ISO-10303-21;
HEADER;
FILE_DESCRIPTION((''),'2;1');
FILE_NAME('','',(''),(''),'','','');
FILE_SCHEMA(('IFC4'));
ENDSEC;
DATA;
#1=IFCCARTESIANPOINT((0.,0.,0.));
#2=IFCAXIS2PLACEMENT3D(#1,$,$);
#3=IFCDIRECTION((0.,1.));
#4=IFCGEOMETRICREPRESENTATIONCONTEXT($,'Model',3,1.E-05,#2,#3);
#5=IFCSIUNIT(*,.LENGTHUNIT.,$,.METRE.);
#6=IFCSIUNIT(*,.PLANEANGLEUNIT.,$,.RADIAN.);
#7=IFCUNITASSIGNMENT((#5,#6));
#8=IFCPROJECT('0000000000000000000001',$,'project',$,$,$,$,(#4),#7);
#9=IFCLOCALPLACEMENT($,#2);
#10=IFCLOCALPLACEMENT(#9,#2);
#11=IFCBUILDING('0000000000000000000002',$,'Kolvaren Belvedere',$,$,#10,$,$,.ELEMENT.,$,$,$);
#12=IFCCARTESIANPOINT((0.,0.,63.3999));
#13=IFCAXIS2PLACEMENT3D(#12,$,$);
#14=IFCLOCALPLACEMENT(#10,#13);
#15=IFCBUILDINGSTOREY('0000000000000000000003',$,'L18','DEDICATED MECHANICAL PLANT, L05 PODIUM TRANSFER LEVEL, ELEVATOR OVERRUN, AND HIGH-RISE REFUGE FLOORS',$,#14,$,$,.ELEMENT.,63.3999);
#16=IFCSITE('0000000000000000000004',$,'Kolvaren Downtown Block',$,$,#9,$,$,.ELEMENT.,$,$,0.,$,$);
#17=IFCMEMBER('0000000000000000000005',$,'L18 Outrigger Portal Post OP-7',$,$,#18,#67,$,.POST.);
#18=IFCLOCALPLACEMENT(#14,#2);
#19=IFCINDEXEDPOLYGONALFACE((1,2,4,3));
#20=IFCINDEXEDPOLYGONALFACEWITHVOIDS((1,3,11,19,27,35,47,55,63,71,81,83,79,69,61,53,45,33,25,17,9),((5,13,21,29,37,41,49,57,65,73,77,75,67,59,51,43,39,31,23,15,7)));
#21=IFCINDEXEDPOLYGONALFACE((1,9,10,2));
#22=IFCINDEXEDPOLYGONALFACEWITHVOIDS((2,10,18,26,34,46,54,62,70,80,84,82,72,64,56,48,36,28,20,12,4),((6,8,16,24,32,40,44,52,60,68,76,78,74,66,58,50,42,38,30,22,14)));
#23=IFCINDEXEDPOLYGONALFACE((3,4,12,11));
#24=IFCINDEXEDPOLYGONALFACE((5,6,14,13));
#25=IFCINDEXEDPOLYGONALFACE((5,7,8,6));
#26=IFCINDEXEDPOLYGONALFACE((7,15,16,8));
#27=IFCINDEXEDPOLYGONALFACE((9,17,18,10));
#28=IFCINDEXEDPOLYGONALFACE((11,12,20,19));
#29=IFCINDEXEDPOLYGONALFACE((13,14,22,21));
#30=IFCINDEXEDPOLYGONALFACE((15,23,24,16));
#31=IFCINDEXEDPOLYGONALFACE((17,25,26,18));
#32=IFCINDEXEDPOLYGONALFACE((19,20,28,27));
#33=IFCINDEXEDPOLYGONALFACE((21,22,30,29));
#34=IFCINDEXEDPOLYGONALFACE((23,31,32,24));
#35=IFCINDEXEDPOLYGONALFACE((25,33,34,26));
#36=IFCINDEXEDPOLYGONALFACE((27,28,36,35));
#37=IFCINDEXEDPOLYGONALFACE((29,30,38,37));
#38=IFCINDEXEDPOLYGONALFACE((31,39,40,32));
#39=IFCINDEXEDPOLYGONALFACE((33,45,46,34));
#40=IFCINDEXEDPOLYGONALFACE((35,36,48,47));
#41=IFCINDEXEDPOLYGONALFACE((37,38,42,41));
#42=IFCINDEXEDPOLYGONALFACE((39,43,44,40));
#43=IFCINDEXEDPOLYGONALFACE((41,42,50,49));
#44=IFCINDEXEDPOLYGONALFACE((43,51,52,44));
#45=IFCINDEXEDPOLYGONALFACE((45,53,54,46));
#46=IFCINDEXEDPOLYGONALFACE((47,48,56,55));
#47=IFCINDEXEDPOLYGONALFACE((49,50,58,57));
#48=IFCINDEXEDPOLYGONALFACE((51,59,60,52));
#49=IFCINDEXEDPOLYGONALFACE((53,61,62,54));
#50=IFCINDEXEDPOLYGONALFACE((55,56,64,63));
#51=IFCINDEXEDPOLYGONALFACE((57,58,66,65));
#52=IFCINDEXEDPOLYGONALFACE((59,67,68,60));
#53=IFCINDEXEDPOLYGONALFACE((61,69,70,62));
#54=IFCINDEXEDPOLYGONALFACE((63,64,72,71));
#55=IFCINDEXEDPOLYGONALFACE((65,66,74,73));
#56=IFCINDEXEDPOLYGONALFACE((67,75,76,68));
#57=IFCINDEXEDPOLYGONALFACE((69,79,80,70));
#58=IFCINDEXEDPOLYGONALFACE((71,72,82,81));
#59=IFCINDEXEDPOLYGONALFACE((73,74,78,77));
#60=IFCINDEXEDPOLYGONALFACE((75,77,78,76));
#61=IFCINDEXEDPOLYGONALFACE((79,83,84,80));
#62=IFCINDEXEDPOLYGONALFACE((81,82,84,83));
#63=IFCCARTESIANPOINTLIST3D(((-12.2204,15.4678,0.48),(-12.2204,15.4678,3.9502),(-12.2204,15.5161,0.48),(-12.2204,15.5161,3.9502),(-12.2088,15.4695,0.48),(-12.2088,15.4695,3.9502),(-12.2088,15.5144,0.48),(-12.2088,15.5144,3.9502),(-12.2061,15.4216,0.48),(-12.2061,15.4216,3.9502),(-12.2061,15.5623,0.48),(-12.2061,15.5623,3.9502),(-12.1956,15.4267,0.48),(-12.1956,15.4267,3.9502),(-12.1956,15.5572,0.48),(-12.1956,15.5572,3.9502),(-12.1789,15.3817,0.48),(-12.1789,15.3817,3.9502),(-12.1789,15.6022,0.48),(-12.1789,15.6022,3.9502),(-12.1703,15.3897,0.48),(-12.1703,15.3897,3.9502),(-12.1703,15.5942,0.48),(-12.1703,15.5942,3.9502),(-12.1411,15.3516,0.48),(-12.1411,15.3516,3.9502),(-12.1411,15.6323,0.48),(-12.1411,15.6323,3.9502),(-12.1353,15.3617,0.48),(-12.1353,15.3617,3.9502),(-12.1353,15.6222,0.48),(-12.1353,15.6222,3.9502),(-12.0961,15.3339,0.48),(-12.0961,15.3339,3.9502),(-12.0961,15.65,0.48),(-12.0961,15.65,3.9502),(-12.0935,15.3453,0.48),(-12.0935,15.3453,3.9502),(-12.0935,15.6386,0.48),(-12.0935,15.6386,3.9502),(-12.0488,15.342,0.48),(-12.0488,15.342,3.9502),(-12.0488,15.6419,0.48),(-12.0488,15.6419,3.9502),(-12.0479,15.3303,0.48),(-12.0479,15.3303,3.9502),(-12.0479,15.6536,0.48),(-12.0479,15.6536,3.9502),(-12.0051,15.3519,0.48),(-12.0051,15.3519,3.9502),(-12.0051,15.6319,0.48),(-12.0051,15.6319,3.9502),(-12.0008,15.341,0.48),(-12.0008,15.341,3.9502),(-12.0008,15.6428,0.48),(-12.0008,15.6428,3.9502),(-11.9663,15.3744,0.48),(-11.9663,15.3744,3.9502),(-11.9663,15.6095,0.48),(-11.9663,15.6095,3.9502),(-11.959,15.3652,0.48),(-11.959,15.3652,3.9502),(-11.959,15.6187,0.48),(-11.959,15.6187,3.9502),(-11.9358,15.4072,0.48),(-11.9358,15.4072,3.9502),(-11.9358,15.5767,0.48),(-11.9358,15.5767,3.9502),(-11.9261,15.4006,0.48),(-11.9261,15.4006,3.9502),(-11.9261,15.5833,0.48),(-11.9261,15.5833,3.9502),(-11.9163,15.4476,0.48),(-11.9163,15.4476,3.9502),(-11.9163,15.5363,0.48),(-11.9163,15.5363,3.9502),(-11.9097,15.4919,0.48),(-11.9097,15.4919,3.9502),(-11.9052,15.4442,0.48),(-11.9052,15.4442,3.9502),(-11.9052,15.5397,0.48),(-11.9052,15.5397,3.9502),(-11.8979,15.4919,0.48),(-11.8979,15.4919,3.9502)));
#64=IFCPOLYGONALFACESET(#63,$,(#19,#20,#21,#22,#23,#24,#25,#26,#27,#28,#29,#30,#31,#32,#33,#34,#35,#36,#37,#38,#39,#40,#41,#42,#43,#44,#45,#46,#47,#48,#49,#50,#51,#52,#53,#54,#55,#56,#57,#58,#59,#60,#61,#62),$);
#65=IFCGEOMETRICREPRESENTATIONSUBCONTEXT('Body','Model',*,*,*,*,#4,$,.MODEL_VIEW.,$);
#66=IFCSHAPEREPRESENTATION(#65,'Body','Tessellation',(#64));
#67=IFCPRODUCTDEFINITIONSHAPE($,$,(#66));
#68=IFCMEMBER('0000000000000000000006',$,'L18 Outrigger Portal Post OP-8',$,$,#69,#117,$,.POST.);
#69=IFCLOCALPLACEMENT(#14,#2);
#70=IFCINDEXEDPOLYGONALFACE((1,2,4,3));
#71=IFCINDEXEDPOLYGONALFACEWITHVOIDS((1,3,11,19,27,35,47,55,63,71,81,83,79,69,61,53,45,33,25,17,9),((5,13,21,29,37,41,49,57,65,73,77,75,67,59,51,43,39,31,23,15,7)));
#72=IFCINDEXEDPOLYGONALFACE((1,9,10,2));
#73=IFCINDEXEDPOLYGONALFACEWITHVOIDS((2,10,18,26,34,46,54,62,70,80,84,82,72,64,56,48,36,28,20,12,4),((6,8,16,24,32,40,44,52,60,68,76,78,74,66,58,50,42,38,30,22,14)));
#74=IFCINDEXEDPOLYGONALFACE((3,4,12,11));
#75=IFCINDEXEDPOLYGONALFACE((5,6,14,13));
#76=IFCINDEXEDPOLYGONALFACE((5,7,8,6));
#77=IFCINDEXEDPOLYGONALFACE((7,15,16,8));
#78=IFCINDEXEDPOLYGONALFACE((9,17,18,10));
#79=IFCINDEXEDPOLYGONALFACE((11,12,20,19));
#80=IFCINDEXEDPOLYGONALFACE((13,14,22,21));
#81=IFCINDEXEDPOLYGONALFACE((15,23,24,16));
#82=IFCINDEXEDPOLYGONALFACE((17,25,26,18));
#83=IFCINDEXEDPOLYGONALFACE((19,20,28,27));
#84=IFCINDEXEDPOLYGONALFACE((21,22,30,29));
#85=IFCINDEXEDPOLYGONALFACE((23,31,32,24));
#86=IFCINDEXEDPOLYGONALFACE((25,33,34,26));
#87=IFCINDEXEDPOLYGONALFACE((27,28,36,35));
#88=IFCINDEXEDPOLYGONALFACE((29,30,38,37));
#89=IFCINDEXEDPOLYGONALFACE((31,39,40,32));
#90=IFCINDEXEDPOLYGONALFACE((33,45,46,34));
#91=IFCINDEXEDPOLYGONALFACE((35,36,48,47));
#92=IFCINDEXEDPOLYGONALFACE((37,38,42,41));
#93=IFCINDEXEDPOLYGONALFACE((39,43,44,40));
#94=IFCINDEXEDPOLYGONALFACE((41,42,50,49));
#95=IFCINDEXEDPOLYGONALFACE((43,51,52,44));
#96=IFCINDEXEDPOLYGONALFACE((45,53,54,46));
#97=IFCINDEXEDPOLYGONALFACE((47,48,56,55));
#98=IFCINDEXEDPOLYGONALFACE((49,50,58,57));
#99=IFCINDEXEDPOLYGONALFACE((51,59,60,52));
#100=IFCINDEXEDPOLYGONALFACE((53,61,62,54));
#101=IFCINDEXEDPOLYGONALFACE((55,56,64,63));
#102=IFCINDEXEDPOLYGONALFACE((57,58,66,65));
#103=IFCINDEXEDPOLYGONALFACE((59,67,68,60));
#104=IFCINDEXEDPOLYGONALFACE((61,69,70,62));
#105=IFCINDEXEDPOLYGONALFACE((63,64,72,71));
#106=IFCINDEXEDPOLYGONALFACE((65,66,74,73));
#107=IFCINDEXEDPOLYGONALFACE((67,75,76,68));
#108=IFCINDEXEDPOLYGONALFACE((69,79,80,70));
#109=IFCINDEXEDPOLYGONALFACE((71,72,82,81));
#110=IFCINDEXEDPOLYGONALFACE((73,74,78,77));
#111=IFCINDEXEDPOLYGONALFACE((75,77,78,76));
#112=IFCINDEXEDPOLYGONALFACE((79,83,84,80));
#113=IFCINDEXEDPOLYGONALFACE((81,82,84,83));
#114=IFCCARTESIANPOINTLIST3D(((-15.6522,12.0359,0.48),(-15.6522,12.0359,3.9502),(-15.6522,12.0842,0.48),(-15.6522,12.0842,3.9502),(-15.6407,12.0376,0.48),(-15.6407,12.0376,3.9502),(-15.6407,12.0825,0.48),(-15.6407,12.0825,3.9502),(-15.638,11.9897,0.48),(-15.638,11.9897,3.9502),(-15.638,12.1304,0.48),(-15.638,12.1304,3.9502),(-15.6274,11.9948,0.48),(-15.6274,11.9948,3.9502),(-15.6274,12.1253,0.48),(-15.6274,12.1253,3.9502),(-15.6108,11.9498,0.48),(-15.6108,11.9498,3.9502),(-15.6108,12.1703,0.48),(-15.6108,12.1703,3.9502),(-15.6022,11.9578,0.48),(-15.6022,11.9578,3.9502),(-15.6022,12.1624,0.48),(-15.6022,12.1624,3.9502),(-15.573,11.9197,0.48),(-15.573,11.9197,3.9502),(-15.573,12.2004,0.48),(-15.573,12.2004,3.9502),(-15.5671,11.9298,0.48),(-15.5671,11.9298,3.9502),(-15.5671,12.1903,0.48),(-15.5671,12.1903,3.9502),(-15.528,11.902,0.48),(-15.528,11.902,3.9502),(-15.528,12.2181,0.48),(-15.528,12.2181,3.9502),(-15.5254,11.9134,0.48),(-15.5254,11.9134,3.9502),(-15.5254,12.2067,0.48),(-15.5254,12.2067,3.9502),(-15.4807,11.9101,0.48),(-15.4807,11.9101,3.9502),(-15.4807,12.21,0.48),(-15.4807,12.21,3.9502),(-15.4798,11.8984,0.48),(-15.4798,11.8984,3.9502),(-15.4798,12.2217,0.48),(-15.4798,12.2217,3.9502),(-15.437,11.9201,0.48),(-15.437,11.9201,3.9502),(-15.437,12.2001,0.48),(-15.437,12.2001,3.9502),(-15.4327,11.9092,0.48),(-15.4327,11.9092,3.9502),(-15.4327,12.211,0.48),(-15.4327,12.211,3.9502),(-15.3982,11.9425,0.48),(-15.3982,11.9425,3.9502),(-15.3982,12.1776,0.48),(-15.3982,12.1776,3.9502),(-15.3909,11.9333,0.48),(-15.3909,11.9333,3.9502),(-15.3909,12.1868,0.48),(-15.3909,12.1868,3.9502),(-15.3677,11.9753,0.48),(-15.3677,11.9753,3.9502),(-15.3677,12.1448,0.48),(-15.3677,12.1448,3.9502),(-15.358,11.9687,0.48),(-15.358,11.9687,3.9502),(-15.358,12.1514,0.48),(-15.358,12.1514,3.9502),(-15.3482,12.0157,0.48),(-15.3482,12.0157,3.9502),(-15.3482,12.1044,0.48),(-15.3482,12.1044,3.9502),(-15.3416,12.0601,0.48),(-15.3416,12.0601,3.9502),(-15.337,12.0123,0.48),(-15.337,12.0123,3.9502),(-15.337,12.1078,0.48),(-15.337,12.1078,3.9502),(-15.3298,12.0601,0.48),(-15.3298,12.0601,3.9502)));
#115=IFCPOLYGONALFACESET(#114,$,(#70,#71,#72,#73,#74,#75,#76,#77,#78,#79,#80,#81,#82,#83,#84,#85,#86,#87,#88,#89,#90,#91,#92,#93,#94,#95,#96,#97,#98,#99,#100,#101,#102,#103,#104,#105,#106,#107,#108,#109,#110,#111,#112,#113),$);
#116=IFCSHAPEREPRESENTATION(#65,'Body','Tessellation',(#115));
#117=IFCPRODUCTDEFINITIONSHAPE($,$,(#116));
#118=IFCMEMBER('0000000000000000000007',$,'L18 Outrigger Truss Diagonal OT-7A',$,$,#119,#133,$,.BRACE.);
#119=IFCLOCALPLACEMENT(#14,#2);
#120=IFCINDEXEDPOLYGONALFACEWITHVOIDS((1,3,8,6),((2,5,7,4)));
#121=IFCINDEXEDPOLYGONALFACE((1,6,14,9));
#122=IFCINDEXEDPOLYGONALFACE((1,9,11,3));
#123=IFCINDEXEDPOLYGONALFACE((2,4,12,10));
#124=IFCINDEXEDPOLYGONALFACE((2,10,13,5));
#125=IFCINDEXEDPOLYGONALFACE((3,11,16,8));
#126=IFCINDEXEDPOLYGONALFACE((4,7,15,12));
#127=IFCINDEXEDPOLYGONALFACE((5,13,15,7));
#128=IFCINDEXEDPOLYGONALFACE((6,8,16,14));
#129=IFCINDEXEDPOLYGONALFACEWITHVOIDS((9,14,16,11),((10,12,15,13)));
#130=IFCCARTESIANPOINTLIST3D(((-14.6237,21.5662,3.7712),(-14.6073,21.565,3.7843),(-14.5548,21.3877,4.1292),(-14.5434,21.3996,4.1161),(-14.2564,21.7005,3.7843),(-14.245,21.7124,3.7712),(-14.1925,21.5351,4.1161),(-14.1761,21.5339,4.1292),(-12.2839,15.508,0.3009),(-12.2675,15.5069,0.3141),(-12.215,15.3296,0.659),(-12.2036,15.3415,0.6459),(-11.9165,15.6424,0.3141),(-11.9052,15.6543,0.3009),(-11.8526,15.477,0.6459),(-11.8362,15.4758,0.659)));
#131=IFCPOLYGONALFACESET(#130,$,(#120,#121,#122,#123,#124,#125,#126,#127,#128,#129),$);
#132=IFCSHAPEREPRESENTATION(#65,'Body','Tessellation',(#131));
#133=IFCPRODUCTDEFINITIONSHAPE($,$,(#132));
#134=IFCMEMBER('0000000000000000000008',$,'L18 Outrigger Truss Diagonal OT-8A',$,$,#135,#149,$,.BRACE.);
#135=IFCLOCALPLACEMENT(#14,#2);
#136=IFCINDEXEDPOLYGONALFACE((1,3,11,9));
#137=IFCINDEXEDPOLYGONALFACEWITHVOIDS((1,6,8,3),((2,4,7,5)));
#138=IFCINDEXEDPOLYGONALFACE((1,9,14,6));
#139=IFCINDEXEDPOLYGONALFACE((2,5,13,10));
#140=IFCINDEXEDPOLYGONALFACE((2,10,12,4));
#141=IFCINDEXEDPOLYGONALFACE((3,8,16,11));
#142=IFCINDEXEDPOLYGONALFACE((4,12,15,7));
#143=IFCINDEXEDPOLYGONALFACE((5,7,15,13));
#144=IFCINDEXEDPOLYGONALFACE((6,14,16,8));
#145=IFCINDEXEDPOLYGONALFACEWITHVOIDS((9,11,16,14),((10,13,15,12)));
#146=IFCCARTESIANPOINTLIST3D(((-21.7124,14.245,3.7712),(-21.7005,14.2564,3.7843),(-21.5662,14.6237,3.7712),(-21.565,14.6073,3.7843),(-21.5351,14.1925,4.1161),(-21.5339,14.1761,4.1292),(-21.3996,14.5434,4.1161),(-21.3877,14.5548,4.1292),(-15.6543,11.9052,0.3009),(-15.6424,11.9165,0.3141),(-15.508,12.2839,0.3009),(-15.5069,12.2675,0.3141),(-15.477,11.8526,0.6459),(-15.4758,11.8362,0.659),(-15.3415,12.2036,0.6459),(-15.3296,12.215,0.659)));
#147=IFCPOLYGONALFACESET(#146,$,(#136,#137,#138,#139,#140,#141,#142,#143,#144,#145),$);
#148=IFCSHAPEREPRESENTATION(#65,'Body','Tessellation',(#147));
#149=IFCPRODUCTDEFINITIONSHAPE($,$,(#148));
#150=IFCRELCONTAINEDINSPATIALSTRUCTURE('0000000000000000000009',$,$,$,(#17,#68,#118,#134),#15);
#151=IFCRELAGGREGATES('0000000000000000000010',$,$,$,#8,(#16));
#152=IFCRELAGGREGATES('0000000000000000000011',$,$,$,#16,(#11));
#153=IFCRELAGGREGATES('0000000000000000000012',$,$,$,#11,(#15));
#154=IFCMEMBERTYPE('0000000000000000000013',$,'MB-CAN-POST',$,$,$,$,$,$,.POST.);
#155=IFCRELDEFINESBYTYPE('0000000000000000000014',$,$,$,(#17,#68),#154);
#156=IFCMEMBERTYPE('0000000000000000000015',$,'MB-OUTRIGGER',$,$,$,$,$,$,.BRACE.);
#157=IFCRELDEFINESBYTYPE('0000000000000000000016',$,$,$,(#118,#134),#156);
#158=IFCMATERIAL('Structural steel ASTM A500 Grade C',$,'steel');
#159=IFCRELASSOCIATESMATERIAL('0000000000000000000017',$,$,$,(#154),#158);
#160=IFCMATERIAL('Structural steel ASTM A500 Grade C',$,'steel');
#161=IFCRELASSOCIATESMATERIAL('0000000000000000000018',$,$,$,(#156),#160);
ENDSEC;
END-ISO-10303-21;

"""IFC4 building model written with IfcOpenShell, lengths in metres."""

from ifc_helpers import new_model, si_unit, direction, frame, origin, origin_2d, place, context, subcontext, project, spatial, hollow_rectangle, hollow_circle, extrude, material, material_profile, profile_set, type_object, element, save


model = new_model("IFC4")

# Units and contexts
model_context = context("Model", 3, precision=1e-05, world=origin(), true_north=direction((0.0, 1.0)))
body_context = subcontext(model_context, "Body", "Model", "MODEL_VIEW")
ifc_project = project(units=[si_unit("LENGTHUNIT", "METRE"), si_unit("PLANEANGLEUNIT", "RADIAN")], contexts=[model_context])

# Site, building, storey
site_placement = place(None, origin())
site = spatial("IfcSite", under=ifc_project, at=site_placement, Name="Kolvaren Downtown Block", CompositionType="ELEMENT", RefElevation=0.0)
building_placement = place(site_placement, origin())
building = spatial("IfcBuilding", under=site, at=building_placement, Name="Kolvaren Belvedere", CompositionType="ELEMENT")
storey_placement = place(building_placement, frame((0.0, 0.0, 63.3999)))
storey = spatial("IfcBuildingStorey", under=building, at=storey_placement, Name="L18", Description="DEDICATED MECHANICAL PLANT, L05 PODIUM TRANSFER LEVEL, ELEVATOR OVERRUN, AND HIGH-RISE REFUGE FLOORS", CompositionType="ELEMENT", Elevation=63.3999)

# Members
ifc_material_1 = material(Name="Structural steel ASTM A500 Grade C", Category="steel")
ifc_material_profile_1 = material_profile(ifc_material_1, hollow_circle(Radius=0.1621, WallThickness=0.0117, at=origin_2d()), Name="HSS12.750X0.500")
ifc_profile_set_1 = profile_set([ifc_material_profile_1], Name="Structural steel ASTM A500 Grade C")
member_type_1 = type_object("IfcMemberType", Name="MB-CAN-POST", PredefinedType="POST", material=ifc_profile_set_1)
for number, where, z_axis, x_axis, name in (
    (1, (-12.0601, 15.4919, 0.48), (0.0, 0.0, 1.0), (1.0, 0.0, 0.0), "L18 Outrigger Portal Post OP-7"),
    (2, (-15.4919, 12.0601, 0.48), (0.0, 0.0, 1.0), (1.0, 0.0, 0.0), "L18 Outrigger Portal Post OP-8"),
):
    element("IfcMember", number, at=place(storey_placement, frame(where, z_axis=z_axis, x_axis=x_axis)), inside=storey, type_object=member_type_1, Name=name, PredefinedType="POST", context=body_context, shape_type="SweptSolid", body=[
        extrude(hollow_circle(Radius=0.1621, WallThickness=0.0117, at=origin_2d()), origin(), (0.0, 0.0, 1.0), 3.4702),
    ])
ifc_material_2 = material(Name="Structural steel ASTM A500 Grade C", Category="steel")
ifc_material_profile_2 = material_profile(ifc_material_2, hollow_rectangle(XDim=0.406, YDim=0.406, WallThickness=0.0149, at=origin_2d()), Name="HSS16X16X5/8")
ifc_profile_set_2 = profile_set([ifc_material_profile_2], Name="Structural steel ASTM A500 Grade C")
member_type_2 = type_object("IfcMemberType", Name="MB-OUTRIGGER", PredefinedType="BRACE", material=ifc_profile_set_2)
for number, where, z_axis, x_axis, name in (
    (3, (-12.0601, 15.4919, 0.48), (-0.317772, 0.822745, 0.471287), (-0.932839, -0.360294, 0.0), "L18 Outrigger Truss Diagonal OT-7A"),
    (4, (-15.4919, 12.0601, 0.48), (-0.822745, 0.317772, 0.471287), (-0.360294, -0.932839, 0.0), "L18 Outrigger Truss Diagonal OT-8A"),
):
    element("IfcMember", number, at=place(storey_placement, frame(where, z_axis=z_axis, x_axis=x_axis)), inside=storey, type_object=member_type_2, Name=name, PredefinedType="BRACE", context=body_context, shape_type="SweptSolid", body=[
        extrude(hollow_rectangle(XDim=0.406, YDim=0.406, WallThickness=0.0149, at=origin_2d()), origin(), (0.0, 0.0, 1.0), 7.3633),
    ])

save(model, "model.ifc")
